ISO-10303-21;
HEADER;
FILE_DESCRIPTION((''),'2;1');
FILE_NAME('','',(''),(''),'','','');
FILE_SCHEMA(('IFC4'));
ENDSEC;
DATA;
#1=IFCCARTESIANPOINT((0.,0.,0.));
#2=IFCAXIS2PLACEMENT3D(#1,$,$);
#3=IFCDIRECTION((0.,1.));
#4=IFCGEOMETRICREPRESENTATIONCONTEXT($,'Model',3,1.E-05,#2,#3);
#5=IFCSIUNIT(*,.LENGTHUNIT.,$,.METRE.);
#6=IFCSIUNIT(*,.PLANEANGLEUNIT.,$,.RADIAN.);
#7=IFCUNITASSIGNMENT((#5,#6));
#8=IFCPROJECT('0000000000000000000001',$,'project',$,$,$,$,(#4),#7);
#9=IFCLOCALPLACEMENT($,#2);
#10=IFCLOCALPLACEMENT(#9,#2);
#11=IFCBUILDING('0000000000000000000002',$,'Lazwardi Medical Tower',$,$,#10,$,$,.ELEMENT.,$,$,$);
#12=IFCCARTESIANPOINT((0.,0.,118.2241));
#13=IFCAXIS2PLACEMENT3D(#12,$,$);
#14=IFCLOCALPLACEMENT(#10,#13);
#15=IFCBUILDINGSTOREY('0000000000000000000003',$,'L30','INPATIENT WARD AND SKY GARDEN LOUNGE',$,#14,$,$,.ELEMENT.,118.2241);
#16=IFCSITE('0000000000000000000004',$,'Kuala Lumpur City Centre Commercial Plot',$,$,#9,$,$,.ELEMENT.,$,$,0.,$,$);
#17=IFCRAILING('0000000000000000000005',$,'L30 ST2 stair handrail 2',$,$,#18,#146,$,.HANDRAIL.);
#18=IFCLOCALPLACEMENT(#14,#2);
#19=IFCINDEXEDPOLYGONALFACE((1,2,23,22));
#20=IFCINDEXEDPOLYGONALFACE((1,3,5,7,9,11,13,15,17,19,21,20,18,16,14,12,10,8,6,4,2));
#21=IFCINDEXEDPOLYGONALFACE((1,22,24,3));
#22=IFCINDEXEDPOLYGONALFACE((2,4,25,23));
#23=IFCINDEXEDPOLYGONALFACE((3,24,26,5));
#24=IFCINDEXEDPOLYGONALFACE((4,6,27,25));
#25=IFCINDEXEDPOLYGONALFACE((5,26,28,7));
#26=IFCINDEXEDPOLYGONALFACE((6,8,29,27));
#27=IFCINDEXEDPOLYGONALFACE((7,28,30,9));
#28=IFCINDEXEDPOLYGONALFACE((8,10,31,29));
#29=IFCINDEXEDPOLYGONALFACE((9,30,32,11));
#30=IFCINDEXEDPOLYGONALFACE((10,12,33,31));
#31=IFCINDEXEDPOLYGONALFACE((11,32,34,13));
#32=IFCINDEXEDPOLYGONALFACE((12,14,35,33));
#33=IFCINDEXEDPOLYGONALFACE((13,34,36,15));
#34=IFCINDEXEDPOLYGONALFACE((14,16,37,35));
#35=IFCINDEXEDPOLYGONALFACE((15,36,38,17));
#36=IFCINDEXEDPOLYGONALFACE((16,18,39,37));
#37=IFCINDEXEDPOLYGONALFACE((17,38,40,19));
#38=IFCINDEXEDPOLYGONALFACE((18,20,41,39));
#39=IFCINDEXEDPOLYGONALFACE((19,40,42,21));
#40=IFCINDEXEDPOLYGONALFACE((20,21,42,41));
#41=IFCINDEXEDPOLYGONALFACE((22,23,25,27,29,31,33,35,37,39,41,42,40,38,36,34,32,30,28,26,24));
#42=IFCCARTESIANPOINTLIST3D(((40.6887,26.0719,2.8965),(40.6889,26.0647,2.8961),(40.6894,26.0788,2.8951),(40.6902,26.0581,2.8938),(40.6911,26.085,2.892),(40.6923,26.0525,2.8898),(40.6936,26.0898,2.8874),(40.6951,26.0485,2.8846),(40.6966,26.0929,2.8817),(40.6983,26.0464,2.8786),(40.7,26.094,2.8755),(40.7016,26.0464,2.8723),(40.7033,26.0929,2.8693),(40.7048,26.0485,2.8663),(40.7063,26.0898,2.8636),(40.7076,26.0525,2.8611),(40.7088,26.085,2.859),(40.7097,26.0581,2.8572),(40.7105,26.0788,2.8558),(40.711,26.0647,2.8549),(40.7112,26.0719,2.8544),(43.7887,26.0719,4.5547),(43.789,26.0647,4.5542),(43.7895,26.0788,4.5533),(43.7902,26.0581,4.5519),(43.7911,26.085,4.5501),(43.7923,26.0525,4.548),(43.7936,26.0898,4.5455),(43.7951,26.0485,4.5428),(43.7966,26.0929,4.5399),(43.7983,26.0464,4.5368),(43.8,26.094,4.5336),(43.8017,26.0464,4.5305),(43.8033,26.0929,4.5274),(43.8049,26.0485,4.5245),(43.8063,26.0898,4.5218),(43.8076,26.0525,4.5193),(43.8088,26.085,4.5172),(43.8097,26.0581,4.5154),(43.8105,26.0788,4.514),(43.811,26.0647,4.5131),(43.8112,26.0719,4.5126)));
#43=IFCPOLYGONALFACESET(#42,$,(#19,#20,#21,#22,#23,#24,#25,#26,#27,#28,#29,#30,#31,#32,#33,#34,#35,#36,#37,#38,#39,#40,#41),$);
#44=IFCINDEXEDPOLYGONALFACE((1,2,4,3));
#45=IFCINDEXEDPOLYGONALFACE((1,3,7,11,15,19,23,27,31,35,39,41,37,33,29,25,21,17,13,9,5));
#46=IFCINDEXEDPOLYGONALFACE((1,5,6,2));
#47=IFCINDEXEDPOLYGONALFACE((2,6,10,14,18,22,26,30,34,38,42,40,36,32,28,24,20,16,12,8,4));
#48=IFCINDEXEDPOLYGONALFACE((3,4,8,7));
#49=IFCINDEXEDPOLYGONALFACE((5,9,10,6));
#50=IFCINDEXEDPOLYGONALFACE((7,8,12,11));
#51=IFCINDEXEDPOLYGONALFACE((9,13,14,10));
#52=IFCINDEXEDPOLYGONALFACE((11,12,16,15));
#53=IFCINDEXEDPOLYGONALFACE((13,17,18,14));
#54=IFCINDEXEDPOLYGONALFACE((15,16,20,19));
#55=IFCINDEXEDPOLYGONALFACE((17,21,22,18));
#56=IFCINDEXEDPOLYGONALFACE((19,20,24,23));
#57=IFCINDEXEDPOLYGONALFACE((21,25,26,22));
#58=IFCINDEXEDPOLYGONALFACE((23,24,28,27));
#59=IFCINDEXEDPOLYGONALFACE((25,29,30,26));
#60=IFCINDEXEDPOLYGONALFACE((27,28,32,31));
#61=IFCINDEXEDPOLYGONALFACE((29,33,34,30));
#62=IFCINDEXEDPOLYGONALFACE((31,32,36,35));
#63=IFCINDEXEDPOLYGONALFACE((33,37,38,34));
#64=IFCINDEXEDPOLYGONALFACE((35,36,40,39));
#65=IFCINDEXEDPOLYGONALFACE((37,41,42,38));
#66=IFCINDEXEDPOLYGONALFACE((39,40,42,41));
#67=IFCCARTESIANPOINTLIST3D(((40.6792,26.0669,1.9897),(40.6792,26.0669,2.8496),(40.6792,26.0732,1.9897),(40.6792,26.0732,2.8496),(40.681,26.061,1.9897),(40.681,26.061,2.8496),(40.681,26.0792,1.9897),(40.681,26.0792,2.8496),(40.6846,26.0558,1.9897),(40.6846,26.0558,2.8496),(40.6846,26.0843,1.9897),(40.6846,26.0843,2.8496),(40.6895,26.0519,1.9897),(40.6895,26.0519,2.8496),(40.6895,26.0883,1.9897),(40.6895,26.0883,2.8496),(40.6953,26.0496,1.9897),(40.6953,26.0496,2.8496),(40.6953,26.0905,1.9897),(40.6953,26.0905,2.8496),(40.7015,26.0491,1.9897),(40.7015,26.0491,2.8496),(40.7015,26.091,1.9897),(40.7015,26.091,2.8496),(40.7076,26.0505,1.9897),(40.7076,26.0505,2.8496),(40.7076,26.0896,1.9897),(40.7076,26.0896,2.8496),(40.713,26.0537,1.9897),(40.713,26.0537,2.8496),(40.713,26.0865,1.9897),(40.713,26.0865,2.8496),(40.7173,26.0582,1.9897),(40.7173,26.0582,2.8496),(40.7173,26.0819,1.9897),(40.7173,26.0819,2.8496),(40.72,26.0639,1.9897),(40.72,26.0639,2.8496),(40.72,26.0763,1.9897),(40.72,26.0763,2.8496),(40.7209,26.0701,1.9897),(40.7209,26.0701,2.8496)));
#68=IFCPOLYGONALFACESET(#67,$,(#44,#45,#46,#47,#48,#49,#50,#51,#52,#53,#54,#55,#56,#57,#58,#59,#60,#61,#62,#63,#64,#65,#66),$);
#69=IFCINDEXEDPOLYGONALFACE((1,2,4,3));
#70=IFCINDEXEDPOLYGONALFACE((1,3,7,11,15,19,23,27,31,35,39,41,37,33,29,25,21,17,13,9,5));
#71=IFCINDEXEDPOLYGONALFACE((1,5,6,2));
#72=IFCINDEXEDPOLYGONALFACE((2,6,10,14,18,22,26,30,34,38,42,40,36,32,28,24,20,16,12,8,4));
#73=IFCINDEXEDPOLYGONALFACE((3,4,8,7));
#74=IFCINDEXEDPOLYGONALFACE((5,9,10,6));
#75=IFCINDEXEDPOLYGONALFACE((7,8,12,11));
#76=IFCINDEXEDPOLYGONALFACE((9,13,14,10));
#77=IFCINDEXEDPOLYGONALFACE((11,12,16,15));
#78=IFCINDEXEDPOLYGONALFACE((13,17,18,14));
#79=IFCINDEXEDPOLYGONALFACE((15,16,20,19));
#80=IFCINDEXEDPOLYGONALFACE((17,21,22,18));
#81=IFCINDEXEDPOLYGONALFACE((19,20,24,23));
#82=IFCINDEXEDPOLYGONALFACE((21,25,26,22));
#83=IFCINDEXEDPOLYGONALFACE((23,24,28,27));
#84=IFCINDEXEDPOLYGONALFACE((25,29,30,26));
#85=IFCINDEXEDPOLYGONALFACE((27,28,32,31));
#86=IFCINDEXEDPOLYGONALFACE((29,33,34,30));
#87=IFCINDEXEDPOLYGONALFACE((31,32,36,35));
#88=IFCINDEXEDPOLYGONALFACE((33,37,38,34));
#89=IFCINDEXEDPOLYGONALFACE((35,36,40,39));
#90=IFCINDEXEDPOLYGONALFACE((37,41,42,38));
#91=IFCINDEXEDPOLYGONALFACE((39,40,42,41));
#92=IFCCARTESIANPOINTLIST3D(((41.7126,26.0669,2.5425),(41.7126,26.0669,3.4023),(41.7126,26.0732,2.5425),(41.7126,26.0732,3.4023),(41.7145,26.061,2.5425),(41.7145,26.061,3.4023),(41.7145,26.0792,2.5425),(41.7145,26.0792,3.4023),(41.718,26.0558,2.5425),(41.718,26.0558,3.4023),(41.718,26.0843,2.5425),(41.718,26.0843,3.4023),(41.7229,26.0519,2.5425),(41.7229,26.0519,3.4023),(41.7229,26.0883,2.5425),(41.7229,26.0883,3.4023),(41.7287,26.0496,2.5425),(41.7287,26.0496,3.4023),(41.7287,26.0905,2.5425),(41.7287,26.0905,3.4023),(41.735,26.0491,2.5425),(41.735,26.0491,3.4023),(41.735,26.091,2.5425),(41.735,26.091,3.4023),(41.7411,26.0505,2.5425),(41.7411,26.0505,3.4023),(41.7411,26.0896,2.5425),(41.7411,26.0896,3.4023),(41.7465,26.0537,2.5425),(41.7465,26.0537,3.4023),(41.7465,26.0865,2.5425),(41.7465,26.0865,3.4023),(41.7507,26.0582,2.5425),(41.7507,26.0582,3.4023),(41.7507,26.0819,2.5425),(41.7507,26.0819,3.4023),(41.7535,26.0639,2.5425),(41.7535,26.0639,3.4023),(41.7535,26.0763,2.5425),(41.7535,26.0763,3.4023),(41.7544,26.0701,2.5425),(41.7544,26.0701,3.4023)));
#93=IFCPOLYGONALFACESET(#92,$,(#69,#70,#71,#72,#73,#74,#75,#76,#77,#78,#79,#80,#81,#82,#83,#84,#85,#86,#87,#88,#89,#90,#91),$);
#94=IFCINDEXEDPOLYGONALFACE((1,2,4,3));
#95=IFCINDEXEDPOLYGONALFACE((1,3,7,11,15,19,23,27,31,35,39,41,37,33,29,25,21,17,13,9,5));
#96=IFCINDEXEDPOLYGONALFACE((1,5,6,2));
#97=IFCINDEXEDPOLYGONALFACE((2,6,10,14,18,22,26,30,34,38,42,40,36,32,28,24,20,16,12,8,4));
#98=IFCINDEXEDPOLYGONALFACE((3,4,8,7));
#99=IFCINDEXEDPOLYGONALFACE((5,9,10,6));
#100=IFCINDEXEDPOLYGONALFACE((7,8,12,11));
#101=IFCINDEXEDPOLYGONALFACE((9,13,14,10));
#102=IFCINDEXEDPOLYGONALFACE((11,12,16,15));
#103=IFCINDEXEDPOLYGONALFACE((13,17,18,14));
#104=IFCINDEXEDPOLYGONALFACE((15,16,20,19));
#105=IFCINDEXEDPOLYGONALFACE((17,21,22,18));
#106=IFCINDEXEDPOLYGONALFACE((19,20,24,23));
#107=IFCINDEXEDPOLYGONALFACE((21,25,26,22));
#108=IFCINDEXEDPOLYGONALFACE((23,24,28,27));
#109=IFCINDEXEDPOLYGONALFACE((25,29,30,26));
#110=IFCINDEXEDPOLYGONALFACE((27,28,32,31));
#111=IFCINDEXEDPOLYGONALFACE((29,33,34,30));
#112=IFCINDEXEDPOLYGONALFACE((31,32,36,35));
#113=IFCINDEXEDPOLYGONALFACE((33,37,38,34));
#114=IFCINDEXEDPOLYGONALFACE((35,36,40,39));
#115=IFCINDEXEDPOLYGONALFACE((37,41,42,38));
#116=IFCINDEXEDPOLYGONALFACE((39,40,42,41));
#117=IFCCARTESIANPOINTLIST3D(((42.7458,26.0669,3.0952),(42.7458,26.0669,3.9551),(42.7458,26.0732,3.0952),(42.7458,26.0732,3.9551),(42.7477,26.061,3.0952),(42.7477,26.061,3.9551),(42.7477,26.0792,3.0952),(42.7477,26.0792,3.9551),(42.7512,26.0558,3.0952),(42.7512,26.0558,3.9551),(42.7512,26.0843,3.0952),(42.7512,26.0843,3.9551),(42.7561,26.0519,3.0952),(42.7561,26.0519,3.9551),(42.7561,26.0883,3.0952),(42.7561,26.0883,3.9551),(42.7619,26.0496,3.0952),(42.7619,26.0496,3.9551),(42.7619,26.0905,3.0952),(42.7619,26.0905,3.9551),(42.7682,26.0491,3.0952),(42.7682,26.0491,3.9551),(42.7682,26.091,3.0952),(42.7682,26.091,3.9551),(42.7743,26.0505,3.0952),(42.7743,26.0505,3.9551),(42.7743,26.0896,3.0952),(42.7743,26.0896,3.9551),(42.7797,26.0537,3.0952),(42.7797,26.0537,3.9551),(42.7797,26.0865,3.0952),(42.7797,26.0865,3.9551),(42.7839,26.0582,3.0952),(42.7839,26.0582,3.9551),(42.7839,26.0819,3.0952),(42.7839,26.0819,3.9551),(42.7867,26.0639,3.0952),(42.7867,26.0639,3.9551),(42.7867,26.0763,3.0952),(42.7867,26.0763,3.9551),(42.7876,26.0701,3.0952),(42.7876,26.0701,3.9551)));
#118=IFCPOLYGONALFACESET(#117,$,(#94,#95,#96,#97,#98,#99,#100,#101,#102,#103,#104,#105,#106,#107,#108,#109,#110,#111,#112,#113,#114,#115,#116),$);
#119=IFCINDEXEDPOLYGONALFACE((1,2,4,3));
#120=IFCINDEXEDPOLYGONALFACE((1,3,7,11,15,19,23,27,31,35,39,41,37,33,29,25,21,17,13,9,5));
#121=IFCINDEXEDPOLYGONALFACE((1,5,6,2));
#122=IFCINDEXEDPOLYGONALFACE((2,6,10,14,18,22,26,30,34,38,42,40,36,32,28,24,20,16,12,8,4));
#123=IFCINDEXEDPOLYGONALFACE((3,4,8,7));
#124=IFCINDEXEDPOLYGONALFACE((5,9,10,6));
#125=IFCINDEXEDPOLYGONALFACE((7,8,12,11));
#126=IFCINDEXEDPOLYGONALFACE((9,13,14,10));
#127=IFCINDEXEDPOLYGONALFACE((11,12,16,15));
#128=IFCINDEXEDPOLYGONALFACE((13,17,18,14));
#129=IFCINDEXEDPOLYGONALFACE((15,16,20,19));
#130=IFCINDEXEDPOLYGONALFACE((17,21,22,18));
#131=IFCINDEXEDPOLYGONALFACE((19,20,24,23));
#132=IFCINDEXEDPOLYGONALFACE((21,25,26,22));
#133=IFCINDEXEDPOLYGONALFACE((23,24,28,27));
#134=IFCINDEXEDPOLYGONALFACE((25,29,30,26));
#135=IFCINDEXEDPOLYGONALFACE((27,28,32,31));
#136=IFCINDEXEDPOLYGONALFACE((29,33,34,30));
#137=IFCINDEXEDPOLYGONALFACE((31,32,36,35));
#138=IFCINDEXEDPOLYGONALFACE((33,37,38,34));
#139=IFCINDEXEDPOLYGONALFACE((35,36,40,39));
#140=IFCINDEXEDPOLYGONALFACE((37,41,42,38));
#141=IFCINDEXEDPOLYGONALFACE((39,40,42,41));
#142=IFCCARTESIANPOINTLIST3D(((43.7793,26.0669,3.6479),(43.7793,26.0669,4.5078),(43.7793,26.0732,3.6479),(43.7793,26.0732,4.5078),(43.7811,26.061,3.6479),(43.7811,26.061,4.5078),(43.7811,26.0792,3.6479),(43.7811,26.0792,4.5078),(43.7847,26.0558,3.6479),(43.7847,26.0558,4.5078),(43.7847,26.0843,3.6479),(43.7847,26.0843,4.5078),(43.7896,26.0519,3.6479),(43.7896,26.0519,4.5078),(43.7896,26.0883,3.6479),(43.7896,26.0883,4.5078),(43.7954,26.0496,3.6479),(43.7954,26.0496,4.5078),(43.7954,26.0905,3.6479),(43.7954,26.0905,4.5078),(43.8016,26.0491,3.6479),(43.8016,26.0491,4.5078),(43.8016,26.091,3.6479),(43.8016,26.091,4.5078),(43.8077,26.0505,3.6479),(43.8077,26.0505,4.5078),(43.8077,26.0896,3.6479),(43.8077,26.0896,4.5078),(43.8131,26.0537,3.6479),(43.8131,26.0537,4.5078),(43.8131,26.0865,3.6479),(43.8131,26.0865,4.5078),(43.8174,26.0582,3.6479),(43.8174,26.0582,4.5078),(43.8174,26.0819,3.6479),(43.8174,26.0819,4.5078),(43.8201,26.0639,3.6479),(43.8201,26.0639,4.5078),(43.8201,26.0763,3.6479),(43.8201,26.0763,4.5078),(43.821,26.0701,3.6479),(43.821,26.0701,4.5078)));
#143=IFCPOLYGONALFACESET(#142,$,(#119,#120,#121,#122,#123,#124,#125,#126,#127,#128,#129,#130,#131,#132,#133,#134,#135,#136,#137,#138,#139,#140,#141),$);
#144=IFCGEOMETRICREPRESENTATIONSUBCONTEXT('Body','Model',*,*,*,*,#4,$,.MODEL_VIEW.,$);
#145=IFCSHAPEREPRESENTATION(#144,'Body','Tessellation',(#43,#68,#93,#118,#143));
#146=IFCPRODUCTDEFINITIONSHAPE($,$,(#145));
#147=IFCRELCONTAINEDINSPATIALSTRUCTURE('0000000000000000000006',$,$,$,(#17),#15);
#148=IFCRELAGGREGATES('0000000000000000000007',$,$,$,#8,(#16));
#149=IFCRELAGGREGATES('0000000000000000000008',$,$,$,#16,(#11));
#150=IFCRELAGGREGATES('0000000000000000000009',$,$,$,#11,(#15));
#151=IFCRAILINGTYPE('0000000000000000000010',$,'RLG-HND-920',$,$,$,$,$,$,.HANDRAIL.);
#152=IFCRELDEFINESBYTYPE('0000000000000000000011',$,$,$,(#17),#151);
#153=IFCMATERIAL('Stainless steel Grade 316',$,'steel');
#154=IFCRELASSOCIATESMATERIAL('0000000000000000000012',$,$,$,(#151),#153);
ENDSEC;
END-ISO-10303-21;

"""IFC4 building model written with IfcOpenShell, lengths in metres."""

from ifc_helpers import new_model, si_unit, direction, frame, origin, origin_2d, place, context, subcontext, project, spatial, circle, extrude, material, type_object, element, save


model = new_model("IFC4")

# Units and contexts
model_context = context("Model", 3, precision=1e-05, world=origin(), true_north=direction((0.0, 1.0)))
body_context = subcontext(model_context, "Body", "Model", "MODEL_VIEW")
ifc_project = project(units=[si_unit("LENGTHUNIT", "METRE"), si_unit("PLANEANGLEUNIT", "RADIAN")], contexts=[model_context])

# Site, building, storey
site_placement = place(None, origin())
site = spatial("IfcSite", under=ifc_project, at=site_placement, Name="Kuala Lumpur City Centre Commercial Plot", CompositionType="ELEMENT", RefElevation=0.0)
building_placement = place(site_placement, origin())
building = spatial("IfcBuilding", under=site, at=building_placement, Name="Lazwardi Medical Tower", CompositionType="ELEMENT")
storey_placement = place(building_placement, frame((0.0, 0.0, 118.2241)))
storey = spatial("IfcBuildingStorey", under=building, at=storey_placement, Name="L30", Description="INPATIENT WARD AND SKY GARDEN LOUNGE", CompositionType="ELEMENT", Elevation=118.2241)

# Railing
ifc_material_1 = material(Name="Stainless steel Grade 316", Category="steel")
railing_type_1 = type_object("IfcRailingType", Name="RLG-HND-920", PredefinedType="HANDRAIL", material=ifc_material_1)
railing_1_placement = place(storey_placement, frame((40.7, 26.0701, 1.9897)))
element("IfcRailing", 1, at=railing_1_placement, inside=storey, type_object=railing_type_1, Name="L30 ST2 stair handrail 2", PredefinedType="HANDRAIL", context=body_context, shape_type="SweptSolid", body=[
    extrude(circle(Radius=0.0239, at=origin_2d()), frame((0.0, 0.0, 0.8857), z_axis=(0.881783, 0.0, 0.471655), x_axis=(0.0, 1.0, 0.0)), (0.0, 0.0, 1.0), 3.5156),
    extrude(circle(Radius=0.021, at=origin_2d()), origin(), (0.0, 0.0, 1.0), 0.8599),
    extrude(circle(Radius=0.021, at=origin_2d()), frame((1.0334, 0.0, 0.5527)), (0.0, 0.0, 1.0), 0.8599),
    extrude(circle(Radius=0.021, at=origin_2d()), frame((2.0667, 0.0, 1.1055)), (0.0, 0.0, 1.0), 0.8599),
    extrude(circle(Radius=0.021, at=origin_2d()), frame((3.1001, 0.0, 1.6582)), (0.0, 0.0, 1.0), 0.8599),
])

save(model, "model.ifc")
